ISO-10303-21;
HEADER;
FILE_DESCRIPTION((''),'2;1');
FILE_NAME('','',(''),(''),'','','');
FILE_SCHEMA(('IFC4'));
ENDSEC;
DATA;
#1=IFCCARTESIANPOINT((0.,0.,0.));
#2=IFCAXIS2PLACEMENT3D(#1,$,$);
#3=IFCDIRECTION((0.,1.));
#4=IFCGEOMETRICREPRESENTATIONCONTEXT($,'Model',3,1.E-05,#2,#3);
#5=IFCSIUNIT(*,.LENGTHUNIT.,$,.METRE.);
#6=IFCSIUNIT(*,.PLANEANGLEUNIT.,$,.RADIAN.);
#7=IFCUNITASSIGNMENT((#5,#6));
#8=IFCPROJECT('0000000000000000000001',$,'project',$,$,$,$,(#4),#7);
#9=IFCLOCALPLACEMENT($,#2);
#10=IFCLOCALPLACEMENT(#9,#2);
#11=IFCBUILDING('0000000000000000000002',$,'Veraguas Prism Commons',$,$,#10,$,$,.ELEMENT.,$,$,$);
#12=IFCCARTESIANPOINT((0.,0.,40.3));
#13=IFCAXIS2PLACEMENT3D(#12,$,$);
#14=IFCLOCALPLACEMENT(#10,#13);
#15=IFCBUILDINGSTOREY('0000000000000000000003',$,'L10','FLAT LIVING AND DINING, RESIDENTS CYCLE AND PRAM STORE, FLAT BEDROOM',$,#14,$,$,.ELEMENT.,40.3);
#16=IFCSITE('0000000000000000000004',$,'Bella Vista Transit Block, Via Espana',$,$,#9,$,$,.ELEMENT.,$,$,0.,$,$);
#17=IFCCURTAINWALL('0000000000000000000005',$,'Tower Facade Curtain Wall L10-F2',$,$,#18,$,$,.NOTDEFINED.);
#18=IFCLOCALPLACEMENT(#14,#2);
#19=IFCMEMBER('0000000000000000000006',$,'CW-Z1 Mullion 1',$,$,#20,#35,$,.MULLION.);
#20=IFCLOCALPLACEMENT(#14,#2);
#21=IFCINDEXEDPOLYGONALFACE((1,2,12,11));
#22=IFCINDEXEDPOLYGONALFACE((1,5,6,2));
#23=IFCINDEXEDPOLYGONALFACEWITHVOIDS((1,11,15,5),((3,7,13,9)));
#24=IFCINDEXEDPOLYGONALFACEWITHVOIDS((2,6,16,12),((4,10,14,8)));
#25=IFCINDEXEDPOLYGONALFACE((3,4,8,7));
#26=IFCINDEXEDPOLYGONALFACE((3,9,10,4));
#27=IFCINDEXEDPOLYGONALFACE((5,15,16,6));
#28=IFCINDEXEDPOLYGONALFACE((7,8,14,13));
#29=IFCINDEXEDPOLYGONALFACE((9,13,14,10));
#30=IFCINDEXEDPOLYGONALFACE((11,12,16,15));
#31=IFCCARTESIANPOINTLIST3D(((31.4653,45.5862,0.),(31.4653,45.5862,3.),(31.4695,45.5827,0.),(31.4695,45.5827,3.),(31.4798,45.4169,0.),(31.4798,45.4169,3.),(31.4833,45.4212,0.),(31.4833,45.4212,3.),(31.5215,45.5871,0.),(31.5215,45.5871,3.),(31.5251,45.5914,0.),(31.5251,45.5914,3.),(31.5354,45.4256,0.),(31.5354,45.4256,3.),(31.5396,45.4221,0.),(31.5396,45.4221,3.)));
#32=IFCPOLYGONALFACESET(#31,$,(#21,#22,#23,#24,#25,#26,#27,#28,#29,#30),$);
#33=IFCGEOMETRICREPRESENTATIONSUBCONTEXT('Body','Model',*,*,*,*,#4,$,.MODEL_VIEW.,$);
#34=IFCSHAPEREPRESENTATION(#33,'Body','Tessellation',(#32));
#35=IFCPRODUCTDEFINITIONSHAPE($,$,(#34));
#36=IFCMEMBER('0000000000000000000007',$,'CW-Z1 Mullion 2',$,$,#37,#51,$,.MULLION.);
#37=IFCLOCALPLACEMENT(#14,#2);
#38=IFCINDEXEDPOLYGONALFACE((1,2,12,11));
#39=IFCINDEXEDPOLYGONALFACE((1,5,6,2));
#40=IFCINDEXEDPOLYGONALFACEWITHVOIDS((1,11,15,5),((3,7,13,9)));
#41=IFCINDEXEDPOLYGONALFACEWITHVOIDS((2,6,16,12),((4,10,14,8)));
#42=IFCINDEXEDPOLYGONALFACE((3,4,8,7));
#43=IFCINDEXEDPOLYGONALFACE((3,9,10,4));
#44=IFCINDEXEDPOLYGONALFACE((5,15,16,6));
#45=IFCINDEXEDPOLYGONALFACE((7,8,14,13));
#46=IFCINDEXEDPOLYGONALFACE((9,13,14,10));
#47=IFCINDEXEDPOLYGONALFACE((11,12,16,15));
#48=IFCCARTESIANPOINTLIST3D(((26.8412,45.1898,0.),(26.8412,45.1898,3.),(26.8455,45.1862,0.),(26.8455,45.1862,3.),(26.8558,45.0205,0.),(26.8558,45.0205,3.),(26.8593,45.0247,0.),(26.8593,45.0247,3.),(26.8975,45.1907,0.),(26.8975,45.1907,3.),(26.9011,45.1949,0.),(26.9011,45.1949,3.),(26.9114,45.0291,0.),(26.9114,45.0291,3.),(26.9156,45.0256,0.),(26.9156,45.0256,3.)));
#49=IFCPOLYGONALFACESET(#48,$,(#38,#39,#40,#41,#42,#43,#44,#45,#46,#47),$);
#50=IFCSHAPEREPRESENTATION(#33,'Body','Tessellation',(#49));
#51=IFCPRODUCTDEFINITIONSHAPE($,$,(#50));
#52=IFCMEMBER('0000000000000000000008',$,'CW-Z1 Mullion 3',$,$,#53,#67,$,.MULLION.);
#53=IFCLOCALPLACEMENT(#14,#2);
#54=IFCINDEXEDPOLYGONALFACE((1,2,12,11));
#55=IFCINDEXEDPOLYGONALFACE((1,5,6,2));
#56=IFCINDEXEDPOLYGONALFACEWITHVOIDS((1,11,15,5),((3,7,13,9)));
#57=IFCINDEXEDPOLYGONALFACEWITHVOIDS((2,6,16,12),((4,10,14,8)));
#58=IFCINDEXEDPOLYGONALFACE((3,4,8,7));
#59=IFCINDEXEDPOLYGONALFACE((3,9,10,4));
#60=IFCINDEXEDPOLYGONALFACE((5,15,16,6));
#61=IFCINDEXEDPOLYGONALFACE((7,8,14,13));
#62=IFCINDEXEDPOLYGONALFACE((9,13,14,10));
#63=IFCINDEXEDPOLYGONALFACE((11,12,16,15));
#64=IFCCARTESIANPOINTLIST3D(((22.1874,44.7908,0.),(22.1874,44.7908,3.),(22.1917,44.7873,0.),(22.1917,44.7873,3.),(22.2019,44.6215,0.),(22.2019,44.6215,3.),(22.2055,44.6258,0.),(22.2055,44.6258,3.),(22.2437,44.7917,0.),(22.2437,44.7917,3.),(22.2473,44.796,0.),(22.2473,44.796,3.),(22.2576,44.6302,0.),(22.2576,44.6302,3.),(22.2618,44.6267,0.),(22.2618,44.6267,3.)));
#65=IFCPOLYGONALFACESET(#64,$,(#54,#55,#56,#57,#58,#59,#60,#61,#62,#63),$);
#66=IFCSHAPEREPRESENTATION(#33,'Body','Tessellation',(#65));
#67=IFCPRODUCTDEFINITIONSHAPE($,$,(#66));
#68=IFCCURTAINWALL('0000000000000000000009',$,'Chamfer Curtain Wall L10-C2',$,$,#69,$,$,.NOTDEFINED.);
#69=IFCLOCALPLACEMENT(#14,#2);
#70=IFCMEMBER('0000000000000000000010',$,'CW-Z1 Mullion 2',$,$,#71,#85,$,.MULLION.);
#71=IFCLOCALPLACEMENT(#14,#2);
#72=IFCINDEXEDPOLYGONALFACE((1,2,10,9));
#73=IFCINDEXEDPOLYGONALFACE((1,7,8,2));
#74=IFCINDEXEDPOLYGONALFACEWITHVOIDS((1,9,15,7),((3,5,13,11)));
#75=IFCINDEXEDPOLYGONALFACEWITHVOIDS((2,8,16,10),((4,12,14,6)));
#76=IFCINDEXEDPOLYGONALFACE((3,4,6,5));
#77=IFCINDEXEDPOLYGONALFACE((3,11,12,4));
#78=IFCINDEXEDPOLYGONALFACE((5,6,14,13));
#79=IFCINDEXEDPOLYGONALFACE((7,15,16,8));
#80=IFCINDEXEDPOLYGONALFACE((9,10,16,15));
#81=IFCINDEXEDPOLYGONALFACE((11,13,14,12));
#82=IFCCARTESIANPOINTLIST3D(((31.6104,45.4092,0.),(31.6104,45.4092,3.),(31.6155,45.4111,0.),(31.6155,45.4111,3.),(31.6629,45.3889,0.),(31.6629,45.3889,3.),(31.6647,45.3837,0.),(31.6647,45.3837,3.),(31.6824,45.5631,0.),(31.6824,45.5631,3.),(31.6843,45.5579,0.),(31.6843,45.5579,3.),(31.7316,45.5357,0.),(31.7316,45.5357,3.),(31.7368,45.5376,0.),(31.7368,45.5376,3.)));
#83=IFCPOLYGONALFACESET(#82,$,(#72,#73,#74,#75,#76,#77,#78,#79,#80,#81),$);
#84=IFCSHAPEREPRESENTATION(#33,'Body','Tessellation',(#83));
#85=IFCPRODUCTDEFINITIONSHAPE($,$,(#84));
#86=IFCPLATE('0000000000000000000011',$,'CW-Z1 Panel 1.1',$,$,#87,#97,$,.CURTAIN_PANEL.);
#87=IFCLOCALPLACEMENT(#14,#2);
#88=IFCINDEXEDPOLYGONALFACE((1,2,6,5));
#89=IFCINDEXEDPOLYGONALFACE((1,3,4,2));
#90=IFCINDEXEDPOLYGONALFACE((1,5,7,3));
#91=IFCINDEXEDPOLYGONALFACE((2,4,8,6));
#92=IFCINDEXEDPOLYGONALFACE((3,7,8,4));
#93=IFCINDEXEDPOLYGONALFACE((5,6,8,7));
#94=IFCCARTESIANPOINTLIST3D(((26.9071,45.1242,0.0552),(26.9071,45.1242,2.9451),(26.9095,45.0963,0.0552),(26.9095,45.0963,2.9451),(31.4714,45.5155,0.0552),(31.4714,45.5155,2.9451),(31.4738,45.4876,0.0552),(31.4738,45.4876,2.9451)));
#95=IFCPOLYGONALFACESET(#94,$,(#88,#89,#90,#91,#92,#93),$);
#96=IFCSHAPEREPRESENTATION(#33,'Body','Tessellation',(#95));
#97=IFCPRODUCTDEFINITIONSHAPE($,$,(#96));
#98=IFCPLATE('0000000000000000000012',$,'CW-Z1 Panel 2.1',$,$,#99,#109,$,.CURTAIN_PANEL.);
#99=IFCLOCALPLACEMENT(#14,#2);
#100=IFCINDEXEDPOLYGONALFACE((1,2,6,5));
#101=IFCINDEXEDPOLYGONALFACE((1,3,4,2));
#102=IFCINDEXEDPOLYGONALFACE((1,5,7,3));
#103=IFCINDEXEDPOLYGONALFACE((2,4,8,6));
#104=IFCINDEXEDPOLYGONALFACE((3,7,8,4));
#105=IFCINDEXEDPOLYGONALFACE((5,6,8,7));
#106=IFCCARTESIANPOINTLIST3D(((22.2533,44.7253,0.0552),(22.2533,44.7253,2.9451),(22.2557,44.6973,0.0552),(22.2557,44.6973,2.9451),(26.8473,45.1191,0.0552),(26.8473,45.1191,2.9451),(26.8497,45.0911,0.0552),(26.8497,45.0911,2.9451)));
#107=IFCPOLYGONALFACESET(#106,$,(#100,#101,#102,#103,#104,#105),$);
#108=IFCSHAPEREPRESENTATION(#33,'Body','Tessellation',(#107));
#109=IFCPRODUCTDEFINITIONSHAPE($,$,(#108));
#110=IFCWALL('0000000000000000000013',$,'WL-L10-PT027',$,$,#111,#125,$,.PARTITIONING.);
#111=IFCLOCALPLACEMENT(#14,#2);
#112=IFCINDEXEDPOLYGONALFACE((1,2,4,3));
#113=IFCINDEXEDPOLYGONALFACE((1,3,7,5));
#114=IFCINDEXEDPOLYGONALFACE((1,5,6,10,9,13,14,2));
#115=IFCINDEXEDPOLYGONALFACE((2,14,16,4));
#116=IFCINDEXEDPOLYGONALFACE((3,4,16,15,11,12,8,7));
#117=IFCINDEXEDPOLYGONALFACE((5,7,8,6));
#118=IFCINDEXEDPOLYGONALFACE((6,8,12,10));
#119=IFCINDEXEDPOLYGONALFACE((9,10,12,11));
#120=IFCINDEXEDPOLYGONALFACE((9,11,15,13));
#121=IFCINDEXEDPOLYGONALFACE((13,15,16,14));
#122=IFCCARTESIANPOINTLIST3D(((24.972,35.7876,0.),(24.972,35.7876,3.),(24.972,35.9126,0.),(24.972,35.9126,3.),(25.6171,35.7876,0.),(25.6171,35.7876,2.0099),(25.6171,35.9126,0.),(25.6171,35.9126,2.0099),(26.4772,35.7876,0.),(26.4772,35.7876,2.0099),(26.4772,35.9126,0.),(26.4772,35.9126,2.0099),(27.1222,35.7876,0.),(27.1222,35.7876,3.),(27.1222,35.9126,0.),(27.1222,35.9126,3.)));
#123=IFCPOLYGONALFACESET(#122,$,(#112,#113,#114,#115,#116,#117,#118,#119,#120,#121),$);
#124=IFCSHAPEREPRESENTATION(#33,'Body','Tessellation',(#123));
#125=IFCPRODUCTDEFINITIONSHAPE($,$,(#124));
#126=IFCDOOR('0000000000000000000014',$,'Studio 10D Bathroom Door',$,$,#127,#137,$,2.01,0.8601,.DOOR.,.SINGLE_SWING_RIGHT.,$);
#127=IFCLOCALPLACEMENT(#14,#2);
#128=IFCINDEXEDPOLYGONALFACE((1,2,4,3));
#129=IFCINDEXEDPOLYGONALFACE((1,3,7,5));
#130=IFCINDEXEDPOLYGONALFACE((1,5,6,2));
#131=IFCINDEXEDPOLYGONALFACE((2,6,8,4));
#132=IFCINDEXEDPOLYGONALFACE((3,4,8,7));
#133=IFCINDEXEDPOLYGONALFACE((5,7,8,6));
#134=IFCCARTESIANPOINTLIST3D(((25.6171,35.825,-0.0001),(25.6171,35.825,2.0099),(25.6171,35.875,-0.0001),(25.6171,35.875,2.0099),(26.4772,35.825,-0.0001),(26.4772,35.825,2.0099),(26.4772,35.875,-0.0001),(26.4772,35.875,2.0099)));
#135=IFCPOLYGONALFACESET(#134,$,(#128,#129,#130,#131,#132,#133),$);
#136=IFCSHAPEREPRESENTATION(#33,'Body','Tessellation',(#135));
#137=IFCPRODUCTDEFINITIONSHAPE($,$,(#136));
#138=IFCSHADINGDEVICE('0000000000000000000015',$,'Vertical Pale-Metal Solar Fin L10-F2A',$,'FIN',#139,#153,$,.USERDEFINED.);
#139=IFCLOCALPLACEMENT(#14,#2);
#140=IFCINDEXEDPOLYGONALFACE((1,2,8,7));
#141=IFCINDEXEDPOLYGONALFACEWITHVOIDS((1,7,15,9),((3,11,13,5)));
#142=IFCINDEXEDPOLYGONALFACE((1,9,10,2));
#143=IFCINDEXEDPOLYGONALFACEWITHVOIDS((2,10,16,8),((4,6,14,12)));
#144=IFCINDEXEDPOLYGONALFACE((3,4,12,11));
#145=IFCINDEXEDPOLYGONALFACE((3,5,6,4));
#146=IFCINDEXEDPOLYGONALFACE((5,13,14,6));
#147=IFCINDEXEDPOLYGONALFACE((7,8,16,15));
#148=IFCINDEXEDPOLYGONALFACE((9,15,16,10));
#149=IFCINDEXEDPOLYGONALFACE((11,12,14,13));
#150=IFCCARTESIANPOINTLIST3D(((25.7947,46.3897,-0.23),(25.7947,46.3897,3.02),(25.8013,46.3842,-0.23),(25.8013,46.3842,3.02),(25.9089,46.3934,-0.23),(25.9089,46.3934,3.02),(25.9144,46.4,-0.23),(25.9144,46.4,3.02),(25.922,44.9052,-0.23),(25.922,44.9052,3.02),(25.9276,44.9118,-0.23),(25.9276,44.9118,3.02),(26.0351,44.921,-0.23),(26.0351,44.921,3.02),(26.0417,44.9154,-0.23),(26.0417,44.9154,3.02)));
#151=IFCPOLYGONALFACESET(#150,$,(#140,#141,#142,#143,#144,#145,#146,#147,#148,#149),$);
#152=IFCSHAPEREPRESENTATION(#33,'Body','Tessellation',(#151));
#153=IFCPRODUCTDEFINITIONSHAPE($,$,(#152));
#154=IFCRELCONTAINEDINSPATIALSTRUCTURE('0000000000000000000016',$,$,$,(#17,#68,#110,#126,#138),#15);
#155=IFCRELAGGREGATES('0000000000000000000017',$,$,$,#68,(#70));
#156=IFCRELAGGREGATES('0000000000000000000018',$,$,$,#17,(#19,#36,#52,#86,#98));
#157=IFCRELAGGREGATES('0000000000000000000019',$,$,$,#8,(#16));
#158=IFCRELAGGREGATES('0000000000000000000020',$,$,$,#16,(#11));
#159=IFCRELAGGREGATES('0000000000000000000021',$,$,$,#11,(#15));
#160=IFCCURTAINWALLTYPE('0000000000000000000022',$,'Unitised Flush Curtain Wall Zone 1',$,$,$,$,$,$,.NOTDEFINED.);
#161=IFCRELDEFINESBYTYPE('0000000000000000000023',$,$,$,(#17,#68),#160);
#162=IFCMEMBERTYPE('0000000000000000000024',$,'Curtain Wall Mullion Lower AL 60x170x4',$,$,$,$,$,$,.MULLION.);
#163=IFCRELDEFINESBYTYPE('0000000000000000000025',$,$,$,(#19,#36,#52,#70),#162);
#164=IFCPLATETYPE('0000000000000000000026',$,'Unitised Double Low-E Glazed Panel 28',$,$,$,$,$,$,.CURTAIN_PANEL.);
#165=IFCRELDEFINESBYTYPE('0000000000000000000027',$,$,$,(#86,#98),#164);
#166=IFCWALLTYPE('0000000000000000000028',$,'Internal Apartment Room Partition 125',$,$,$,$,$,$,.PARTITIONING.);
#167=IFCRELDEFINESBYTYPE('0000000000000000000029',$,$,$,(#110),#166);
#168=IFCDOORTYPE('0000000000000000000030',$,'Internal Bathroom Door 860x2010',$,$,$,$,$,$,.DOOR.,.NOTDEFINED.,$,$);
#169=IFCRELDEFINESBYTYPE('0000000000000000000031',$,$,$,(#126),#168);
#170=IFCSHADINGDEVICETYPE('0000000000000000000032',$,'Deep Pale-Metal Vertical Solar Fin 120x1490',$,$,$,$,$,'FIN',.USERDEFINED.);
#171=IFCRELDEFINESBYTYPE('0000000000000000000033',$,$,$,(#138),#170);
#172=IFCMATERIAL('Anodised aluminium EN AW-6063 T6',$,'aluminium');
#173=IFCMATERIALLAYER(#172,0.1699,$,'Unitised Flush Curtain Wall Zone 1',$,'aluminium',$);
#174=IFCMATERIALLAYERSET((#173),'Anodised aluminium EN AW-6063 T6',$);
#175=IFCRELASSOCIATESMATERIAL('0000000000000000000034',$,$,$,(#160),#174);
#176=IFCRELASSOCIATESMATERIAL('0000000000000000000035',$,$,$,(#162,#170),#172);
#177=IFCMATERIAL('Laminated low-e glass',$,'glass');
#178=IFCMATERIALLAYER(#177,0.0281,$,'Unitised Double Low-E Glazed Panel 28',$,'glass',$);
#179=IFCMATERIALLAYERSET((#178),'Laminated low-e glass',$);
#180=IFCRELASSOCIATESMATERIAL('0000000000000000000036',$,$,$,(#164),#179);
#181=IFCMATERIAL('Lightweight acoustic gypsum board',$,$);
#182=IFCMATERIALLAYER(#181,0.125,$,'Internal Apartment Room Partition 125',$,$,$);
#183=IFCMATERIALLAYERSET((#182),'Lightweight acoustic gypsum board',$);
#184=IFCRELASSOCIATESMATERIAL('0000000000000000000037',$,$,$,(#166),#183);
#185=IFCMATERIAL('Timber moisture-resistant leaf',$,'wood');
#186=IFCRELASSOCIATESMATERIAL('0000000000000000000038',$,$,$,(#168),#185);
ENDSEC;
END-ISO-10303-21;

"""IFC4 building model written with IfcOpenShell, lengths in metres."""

from ifc_helpers import new_model, si_unit, direction, frame, frame_2d, origin, origin_2d, place, context, subcontext, project, spatial, rectangle, hollow_rectangle, extrude, source, transform, mapped, material, layer, layer_set, material_profile, profile_set, type_object, element, fill, aggregate, save


model = new_model("IFC4")

# Units and contexts
model_context = context("Model", 3, precision=1e-05, world=origin(), true_north=direction((0.0, 1.0)))
body_context = subcontext(model_context, "Body", "Model", "MODEL_VIEW")
ifc_project = project(units=[si_unit("LENGTHUNIT", "METRE"), si_unit("PLANEANGLEUNIT", "RADIAN")], contexts=[model_context])

# Site, building, storey
site_placement = place(None, origin())
site = spatial("IfcSite", under=ifc_project, at=site_placement, Name="Bella Vista Transit Block, Via Espana", CompositionType="ELEMENT", RefElevation=0.0)
building_placement = place(site_placement, origin())
building = spatial("IfcBuilding", under=site, at=building_placement, Name="Veraguas Prism Commons", CompositionType="ELEMENT")
storey_placement = place(building_placement, frame((0.0, 0.0, 40.3)))
storey = spatial("IfcBuildingStorey", under=building, at=storey_placement, Name="L10", Description="FLAT LIVING AND DINING, RESIDENTS CYCLE AND PRAM STORE, FLAT BEDROOM", CompositionType="ELEMENT", Elevation=40.3)

# Curtain wall, members
ifc_material_1 = material(Name="Anodised aluminium EN AW-6063 T6", Category="aluminium")
ifc_layer_1 = layer(ifc_material_1, 0.1699, Name="Unitised Flush Curtain Wall Zone 1", Category="aluminium")
ifc_layer_set_1 = layer_set([ifc_layer_1], Name="Anodised aluminium EN AW-6063 T6")
curtain_wall_type = type_object("IfcCurtainWallType", Name="Unitised Flush Curtain Wall Zone 1", PredefinedType="NOTDEFINED", material=ifc_layer_set_1)
curtain_wall_1_placement = place(storey_placement, origin())
curtain_wall_1 = element("IfcCurtainWall", 1, at=curtain_wall_1_placement, inside=storey, type_object=curtain_wall_type, Name="Tower Facade Curtain Wall L10-F2", PredefinedType="NOTDEFINED")
ifc_material_profile_1 = material_profile(ifc_material_1, hollow_rectangle(XDim=0.0601, YDim=0.1699, WallThickness=0.0039, at=origin_2d()), Name="AL60X170X4")
ifc_profile_set_1 = profile_set([ifc_material_profile_1], Name="Anodised aluminium EN AW-6063 T6")
member_type_1 = type_object("IfcMemberType", Name="Curtain Wall Mullion Lower AL 60x170x4", PredefinedType="MULLION", material=ifc_profile_set_1)
shared_shape_1 = source(origin(), body_context, "Body", "SweptSolid", [
    extrude(hollow_rectangle(XDim=0.0601, YDim=0.1699, WallThickness=0.0039, at=origin_2d()), origin(), (0.0, 0.0, 1.0), 3.0),
])
member_1_placement = place(storey_placement, frame((31.5024, 45.5042, 0.0), z_axis=(0.0, 0.0, 1.0), x_axis=(-0.996345, -0.085417, 0.0)))
member_1 = element("IfcMember", 2, at=member_1_placement, type_object=member_type_1, Name="CW-Z1 Mullion 1", PredefinedType="MULLION", context=body_context, shape_type="MappedRepresentation", body=[
    mapped(shared_shape_1, transform((0.0, 0.0, 0.0), scale=1.0)),
])
member_2_placement = place(storey_placement, frame((26.8784, 45.1077, 0.0), z_axis=(0.0, 0.0, 1.0), x_axis=(-0.996345, -0.085417, 0.0)))
member_2 = element("IfcMember", 3, at=member_2_placement, type_object=member_type_1, Name="CW-Z1 Mullion 2", PredefinedType="MULLION", context=body_context, shape_type="MappedRepresentation", body=[
    mapped(shared_shape_1, transform((0.0, 0.0, 0.0), scale=1.0)),
])
member_3_placement = place(storey_placement, frame((22.2246, 44.7087, 0.0), z_axis=(0.0, 0.0, 1.0), x_axis=(-0.996345, -0.085417, 0.0)))
member_3 = element("IfcMember", 4, at=member_3_placement, type_object=member_type_1, Name="CW-Z1 Mullion 3", PredefinedType="MULLION", context=body_context, shape_type="MappedRepresentation", body=[
    mapped(shared_shape_1, transform((0.0, 0.0, 0.0), scale=1.0)),
])

# Curtain wall, member
curtain_wall_2_placement = place(storey_placement, origin())
curtain_wall_2 = element("IfcCurtainWall", 5, at=curtain_wall_2_placement, inside=storey, type_object=curtain_wall_type, Name="Chamfer Curtain Wall L10-C2", PredefinedType="NOTDEFINED")
member_4_placement = place(storey_placement, frame((31.6736, 45.4734, 0.0), z_axis=(0.0, 0.0, 1.0), x_axis=(-0.905581, 0.424173, 0.0)))
member_4 = element("IfcMember", 6, at=member_4_placement, type_object=member_type_1, Name="CW-Z1 Mullion 2", PredefinedType="MULLION", context=body_context, shape_type="MappedRepresentation", body=[
    mapped(shared_shape_1, transform((0.0, 0.0, 0.0), scale=1.0)),
])
aggregate(curtain_wall_2, [member_4])

# Plates
ifc_material_2 = material(Name="Laminated low-e glass", Category="glass")
ifc_layer_2 = layer(ifc_material_2, 0.0281, Name="Unitised Double Low-E Glazed Panel 28", Category="glass")
ifc_layer_set_2 = layer_set([ifc_layer_2], Name="Laminated low-e glass")
plate_type = type_object("IfcPlateType", Name="Unitised Double Low-E Glazed Panel 28", PredefinedType="CURTAIN_PANEL", material=ifc_layer_set_2)
shared_shape_2 = source(origin(), body_context, "Body", "SweptSolid", [
    extrude(rectangle(XDim=4.5811, YDim=0.0281, at=origin_2d()), origin(), (0.0, 0.0, 1.0), 2.8899),
])
plate_1_placement = place(storey_placement, frame((29.1904, 45.3059, 0.0552), z_axis=(0.0, 0.0, 1.0), x_axis=(-0.996345, -0.085417, 0.0)))
plate_1 = element("IfcPlate", 7, at=plate_1_placement, type_object=plate_type, Name="CW-Z1 Panel 1.1", PredefinedType="CURTAIN_PANEL", context=body_context, shape_type="MappedRepresentation", body=[
    mapped(shared_shape_2, transform((0.0, 0.0, 0.0), scale=1.0)),
])
shared_shape_3 = source(origin(), body_context, "Body", "SweptSolid", [
    extrude(rectangle(XDim=4.6108, YDim=0.0281, at=origin_2d()), origin(), (0.0, 0.0, 1.0), 2.8899),
])
plate_2_placement = place(storey_placement, frame((24.5515, 44.9082, 0.0552), z_axis=(0.0, 0.0, 1.0), x_axis=(-0.996345, -0.085417, 0.0)))
plate_2 = element("IfcPlate", 8, at=plate_2_placement, type_object=plate_type, Name="CW-Z1 Panel 2.1", PredefinedType="CURTAIN_PANEL", context=body_context, shape_type="MappedRepresentation", body=[
    mapped(shared_shape_3, transform((0.0, 0.0, 0.0), scale=1.0)),
])
aggregate(curtain_wall_1, [member_1, member_2, member_3, plate_1, plate_2])

# Wall, opening, door
ifc_material_3 = material(Name="Lightweight acoustic gypsum board")
ifc_layer_3 = layer(ifc_material_3, 0.125, Name="Internal Apartment Room Partition 125")
ifc_layer_set_3 = layer_set([ifc_layer_3], Name="Lightweight acoustic gypsum board")
wall_type = type_object("IfcWallType", Name="Internal Apartment Room Partition 125", PredefinedType="PARTITIONING", material=ifc_layer_set_3)
wall_placement = place(storey_placement, frame((24.9719, 35.8501, 0.0), z_axis=(0.0, 0.0, 1.0), x_axis=(1.0, 0.0, 0.0)))
wall = element("IfcWall", 9, at=wall_placement, inside=storey, type_object=wall_type, Name="WL-L10-PT027", PredefinedType="PARTITIONING", context=body_context, shape_type="SweptSolid", body=[
    extrude(rectangle(XDim=2.1501, YDim=0.125, at=frame_2d((1.0752, 0.0))), origin(), (0.0, 0.0, 1.0), 3.0),
])
opening_placement = place(wall_placement, frame((0.645, 0.0, 0.0)))
opening = element("IfcOpeningElement", 10, at=opening_placement, cuts=wall, PredefinedType="OPENING", context=body_context, shape_type="SweptSolid", body=[
    extrude(rectangle(XDim=0.8601, YDim=2.01, at=frame_2d((0.4302, 1.0049))), frame((0.0, 0.0725, 0.0), z_axis=(0.0, -1.0, 0.0), x_axis=(1.0, 0.0, 0.0)), (0.0, 0.0, 1.0), 0.145),
])
ifc_material_4 = material(Name="Timber moisture-resistant leaf", Category="wood")
door_type = type_object("IfcDoorType", Name="Internal Bathroom Door 860x2010", OperationType="NOTDEFINED", PredefinedType="DOOR", material=ifc_material_4)
shared_shape_4 = source(origin(), body_context, "Body", "SweptSolid", [
    extrude(rectangle(XDim=0.8601, YDim=2.01, at=frame_2d((0.4302, 1.0049))), frame((0.0, 0.0249, 0.0), z_axis=(0.0, -1.0, 0.0), x_axis=(1.0, 0.0, 0.0)), (0.0, 0.0, 1.0), 0.05),
])
door_placement = place(opening_placement, origin())
door = element("IfcDoor", 11, at=door_placement, inside=storey, type_object=door_type, Name="Studio 10D Bathroom Door", OperationType="SINGLE_SWING_RIGHT", OverallHeight=2.01, OverallWidth=0.8601, PredefinedType="DOOR", context=body_context, shape_type="MappedRepresentation", body=[
    mapped(shared_shape_4, transform((0.0, 0.0, 0.0), scale=1.0)),
])
fill(opening, door)

# Shading device
ifc_material_profile_2 = material_profile(ifc_material_1, hollow_rectangle(XDim=0.1201, YDim=1.49, WallThickness=0.0061, at=origin_2d()), Name="FIN120X1490X6")
ifc_profile_set_2 = profile_set([ifc_material_profile_2], Name="Anodised aluminium EN AW-6063 T6")
shading_device_type = type_object("IfcShadingDeviceType", Name="Deep Pale-Metal Vertical Solar Fin 120x1490", ElementType="FIN", PredefinedType="USERDEFINED", material=ifc_profile_set_2)
shading_device_placement = place(storey_placement, frame((25.9182, 45.6526, -0.23), z_axis=(0.0, 0.0, 1.0), x_axis=(-0.996346, -0.085413, 0.0)))
element("IfcShadingDevice", 12, at=shading_device_placement, inside=storey, type_object=shading_device_type, Name="Vertical Pale-Metal Solar Fin L10-F2A", ObjectType="FIN", PredefinedType="USERDEFINED", context=body_context, shape_type="SweptSolid", body=[
    extrude(hollow_rectangle(XDim=0.1201, YDim=1.49, WallThickness=0.0061, at=origin_2d()), origin(), (0.0, 0.0, 1.0), 3.25),
])

save(model, "model.ifc")
